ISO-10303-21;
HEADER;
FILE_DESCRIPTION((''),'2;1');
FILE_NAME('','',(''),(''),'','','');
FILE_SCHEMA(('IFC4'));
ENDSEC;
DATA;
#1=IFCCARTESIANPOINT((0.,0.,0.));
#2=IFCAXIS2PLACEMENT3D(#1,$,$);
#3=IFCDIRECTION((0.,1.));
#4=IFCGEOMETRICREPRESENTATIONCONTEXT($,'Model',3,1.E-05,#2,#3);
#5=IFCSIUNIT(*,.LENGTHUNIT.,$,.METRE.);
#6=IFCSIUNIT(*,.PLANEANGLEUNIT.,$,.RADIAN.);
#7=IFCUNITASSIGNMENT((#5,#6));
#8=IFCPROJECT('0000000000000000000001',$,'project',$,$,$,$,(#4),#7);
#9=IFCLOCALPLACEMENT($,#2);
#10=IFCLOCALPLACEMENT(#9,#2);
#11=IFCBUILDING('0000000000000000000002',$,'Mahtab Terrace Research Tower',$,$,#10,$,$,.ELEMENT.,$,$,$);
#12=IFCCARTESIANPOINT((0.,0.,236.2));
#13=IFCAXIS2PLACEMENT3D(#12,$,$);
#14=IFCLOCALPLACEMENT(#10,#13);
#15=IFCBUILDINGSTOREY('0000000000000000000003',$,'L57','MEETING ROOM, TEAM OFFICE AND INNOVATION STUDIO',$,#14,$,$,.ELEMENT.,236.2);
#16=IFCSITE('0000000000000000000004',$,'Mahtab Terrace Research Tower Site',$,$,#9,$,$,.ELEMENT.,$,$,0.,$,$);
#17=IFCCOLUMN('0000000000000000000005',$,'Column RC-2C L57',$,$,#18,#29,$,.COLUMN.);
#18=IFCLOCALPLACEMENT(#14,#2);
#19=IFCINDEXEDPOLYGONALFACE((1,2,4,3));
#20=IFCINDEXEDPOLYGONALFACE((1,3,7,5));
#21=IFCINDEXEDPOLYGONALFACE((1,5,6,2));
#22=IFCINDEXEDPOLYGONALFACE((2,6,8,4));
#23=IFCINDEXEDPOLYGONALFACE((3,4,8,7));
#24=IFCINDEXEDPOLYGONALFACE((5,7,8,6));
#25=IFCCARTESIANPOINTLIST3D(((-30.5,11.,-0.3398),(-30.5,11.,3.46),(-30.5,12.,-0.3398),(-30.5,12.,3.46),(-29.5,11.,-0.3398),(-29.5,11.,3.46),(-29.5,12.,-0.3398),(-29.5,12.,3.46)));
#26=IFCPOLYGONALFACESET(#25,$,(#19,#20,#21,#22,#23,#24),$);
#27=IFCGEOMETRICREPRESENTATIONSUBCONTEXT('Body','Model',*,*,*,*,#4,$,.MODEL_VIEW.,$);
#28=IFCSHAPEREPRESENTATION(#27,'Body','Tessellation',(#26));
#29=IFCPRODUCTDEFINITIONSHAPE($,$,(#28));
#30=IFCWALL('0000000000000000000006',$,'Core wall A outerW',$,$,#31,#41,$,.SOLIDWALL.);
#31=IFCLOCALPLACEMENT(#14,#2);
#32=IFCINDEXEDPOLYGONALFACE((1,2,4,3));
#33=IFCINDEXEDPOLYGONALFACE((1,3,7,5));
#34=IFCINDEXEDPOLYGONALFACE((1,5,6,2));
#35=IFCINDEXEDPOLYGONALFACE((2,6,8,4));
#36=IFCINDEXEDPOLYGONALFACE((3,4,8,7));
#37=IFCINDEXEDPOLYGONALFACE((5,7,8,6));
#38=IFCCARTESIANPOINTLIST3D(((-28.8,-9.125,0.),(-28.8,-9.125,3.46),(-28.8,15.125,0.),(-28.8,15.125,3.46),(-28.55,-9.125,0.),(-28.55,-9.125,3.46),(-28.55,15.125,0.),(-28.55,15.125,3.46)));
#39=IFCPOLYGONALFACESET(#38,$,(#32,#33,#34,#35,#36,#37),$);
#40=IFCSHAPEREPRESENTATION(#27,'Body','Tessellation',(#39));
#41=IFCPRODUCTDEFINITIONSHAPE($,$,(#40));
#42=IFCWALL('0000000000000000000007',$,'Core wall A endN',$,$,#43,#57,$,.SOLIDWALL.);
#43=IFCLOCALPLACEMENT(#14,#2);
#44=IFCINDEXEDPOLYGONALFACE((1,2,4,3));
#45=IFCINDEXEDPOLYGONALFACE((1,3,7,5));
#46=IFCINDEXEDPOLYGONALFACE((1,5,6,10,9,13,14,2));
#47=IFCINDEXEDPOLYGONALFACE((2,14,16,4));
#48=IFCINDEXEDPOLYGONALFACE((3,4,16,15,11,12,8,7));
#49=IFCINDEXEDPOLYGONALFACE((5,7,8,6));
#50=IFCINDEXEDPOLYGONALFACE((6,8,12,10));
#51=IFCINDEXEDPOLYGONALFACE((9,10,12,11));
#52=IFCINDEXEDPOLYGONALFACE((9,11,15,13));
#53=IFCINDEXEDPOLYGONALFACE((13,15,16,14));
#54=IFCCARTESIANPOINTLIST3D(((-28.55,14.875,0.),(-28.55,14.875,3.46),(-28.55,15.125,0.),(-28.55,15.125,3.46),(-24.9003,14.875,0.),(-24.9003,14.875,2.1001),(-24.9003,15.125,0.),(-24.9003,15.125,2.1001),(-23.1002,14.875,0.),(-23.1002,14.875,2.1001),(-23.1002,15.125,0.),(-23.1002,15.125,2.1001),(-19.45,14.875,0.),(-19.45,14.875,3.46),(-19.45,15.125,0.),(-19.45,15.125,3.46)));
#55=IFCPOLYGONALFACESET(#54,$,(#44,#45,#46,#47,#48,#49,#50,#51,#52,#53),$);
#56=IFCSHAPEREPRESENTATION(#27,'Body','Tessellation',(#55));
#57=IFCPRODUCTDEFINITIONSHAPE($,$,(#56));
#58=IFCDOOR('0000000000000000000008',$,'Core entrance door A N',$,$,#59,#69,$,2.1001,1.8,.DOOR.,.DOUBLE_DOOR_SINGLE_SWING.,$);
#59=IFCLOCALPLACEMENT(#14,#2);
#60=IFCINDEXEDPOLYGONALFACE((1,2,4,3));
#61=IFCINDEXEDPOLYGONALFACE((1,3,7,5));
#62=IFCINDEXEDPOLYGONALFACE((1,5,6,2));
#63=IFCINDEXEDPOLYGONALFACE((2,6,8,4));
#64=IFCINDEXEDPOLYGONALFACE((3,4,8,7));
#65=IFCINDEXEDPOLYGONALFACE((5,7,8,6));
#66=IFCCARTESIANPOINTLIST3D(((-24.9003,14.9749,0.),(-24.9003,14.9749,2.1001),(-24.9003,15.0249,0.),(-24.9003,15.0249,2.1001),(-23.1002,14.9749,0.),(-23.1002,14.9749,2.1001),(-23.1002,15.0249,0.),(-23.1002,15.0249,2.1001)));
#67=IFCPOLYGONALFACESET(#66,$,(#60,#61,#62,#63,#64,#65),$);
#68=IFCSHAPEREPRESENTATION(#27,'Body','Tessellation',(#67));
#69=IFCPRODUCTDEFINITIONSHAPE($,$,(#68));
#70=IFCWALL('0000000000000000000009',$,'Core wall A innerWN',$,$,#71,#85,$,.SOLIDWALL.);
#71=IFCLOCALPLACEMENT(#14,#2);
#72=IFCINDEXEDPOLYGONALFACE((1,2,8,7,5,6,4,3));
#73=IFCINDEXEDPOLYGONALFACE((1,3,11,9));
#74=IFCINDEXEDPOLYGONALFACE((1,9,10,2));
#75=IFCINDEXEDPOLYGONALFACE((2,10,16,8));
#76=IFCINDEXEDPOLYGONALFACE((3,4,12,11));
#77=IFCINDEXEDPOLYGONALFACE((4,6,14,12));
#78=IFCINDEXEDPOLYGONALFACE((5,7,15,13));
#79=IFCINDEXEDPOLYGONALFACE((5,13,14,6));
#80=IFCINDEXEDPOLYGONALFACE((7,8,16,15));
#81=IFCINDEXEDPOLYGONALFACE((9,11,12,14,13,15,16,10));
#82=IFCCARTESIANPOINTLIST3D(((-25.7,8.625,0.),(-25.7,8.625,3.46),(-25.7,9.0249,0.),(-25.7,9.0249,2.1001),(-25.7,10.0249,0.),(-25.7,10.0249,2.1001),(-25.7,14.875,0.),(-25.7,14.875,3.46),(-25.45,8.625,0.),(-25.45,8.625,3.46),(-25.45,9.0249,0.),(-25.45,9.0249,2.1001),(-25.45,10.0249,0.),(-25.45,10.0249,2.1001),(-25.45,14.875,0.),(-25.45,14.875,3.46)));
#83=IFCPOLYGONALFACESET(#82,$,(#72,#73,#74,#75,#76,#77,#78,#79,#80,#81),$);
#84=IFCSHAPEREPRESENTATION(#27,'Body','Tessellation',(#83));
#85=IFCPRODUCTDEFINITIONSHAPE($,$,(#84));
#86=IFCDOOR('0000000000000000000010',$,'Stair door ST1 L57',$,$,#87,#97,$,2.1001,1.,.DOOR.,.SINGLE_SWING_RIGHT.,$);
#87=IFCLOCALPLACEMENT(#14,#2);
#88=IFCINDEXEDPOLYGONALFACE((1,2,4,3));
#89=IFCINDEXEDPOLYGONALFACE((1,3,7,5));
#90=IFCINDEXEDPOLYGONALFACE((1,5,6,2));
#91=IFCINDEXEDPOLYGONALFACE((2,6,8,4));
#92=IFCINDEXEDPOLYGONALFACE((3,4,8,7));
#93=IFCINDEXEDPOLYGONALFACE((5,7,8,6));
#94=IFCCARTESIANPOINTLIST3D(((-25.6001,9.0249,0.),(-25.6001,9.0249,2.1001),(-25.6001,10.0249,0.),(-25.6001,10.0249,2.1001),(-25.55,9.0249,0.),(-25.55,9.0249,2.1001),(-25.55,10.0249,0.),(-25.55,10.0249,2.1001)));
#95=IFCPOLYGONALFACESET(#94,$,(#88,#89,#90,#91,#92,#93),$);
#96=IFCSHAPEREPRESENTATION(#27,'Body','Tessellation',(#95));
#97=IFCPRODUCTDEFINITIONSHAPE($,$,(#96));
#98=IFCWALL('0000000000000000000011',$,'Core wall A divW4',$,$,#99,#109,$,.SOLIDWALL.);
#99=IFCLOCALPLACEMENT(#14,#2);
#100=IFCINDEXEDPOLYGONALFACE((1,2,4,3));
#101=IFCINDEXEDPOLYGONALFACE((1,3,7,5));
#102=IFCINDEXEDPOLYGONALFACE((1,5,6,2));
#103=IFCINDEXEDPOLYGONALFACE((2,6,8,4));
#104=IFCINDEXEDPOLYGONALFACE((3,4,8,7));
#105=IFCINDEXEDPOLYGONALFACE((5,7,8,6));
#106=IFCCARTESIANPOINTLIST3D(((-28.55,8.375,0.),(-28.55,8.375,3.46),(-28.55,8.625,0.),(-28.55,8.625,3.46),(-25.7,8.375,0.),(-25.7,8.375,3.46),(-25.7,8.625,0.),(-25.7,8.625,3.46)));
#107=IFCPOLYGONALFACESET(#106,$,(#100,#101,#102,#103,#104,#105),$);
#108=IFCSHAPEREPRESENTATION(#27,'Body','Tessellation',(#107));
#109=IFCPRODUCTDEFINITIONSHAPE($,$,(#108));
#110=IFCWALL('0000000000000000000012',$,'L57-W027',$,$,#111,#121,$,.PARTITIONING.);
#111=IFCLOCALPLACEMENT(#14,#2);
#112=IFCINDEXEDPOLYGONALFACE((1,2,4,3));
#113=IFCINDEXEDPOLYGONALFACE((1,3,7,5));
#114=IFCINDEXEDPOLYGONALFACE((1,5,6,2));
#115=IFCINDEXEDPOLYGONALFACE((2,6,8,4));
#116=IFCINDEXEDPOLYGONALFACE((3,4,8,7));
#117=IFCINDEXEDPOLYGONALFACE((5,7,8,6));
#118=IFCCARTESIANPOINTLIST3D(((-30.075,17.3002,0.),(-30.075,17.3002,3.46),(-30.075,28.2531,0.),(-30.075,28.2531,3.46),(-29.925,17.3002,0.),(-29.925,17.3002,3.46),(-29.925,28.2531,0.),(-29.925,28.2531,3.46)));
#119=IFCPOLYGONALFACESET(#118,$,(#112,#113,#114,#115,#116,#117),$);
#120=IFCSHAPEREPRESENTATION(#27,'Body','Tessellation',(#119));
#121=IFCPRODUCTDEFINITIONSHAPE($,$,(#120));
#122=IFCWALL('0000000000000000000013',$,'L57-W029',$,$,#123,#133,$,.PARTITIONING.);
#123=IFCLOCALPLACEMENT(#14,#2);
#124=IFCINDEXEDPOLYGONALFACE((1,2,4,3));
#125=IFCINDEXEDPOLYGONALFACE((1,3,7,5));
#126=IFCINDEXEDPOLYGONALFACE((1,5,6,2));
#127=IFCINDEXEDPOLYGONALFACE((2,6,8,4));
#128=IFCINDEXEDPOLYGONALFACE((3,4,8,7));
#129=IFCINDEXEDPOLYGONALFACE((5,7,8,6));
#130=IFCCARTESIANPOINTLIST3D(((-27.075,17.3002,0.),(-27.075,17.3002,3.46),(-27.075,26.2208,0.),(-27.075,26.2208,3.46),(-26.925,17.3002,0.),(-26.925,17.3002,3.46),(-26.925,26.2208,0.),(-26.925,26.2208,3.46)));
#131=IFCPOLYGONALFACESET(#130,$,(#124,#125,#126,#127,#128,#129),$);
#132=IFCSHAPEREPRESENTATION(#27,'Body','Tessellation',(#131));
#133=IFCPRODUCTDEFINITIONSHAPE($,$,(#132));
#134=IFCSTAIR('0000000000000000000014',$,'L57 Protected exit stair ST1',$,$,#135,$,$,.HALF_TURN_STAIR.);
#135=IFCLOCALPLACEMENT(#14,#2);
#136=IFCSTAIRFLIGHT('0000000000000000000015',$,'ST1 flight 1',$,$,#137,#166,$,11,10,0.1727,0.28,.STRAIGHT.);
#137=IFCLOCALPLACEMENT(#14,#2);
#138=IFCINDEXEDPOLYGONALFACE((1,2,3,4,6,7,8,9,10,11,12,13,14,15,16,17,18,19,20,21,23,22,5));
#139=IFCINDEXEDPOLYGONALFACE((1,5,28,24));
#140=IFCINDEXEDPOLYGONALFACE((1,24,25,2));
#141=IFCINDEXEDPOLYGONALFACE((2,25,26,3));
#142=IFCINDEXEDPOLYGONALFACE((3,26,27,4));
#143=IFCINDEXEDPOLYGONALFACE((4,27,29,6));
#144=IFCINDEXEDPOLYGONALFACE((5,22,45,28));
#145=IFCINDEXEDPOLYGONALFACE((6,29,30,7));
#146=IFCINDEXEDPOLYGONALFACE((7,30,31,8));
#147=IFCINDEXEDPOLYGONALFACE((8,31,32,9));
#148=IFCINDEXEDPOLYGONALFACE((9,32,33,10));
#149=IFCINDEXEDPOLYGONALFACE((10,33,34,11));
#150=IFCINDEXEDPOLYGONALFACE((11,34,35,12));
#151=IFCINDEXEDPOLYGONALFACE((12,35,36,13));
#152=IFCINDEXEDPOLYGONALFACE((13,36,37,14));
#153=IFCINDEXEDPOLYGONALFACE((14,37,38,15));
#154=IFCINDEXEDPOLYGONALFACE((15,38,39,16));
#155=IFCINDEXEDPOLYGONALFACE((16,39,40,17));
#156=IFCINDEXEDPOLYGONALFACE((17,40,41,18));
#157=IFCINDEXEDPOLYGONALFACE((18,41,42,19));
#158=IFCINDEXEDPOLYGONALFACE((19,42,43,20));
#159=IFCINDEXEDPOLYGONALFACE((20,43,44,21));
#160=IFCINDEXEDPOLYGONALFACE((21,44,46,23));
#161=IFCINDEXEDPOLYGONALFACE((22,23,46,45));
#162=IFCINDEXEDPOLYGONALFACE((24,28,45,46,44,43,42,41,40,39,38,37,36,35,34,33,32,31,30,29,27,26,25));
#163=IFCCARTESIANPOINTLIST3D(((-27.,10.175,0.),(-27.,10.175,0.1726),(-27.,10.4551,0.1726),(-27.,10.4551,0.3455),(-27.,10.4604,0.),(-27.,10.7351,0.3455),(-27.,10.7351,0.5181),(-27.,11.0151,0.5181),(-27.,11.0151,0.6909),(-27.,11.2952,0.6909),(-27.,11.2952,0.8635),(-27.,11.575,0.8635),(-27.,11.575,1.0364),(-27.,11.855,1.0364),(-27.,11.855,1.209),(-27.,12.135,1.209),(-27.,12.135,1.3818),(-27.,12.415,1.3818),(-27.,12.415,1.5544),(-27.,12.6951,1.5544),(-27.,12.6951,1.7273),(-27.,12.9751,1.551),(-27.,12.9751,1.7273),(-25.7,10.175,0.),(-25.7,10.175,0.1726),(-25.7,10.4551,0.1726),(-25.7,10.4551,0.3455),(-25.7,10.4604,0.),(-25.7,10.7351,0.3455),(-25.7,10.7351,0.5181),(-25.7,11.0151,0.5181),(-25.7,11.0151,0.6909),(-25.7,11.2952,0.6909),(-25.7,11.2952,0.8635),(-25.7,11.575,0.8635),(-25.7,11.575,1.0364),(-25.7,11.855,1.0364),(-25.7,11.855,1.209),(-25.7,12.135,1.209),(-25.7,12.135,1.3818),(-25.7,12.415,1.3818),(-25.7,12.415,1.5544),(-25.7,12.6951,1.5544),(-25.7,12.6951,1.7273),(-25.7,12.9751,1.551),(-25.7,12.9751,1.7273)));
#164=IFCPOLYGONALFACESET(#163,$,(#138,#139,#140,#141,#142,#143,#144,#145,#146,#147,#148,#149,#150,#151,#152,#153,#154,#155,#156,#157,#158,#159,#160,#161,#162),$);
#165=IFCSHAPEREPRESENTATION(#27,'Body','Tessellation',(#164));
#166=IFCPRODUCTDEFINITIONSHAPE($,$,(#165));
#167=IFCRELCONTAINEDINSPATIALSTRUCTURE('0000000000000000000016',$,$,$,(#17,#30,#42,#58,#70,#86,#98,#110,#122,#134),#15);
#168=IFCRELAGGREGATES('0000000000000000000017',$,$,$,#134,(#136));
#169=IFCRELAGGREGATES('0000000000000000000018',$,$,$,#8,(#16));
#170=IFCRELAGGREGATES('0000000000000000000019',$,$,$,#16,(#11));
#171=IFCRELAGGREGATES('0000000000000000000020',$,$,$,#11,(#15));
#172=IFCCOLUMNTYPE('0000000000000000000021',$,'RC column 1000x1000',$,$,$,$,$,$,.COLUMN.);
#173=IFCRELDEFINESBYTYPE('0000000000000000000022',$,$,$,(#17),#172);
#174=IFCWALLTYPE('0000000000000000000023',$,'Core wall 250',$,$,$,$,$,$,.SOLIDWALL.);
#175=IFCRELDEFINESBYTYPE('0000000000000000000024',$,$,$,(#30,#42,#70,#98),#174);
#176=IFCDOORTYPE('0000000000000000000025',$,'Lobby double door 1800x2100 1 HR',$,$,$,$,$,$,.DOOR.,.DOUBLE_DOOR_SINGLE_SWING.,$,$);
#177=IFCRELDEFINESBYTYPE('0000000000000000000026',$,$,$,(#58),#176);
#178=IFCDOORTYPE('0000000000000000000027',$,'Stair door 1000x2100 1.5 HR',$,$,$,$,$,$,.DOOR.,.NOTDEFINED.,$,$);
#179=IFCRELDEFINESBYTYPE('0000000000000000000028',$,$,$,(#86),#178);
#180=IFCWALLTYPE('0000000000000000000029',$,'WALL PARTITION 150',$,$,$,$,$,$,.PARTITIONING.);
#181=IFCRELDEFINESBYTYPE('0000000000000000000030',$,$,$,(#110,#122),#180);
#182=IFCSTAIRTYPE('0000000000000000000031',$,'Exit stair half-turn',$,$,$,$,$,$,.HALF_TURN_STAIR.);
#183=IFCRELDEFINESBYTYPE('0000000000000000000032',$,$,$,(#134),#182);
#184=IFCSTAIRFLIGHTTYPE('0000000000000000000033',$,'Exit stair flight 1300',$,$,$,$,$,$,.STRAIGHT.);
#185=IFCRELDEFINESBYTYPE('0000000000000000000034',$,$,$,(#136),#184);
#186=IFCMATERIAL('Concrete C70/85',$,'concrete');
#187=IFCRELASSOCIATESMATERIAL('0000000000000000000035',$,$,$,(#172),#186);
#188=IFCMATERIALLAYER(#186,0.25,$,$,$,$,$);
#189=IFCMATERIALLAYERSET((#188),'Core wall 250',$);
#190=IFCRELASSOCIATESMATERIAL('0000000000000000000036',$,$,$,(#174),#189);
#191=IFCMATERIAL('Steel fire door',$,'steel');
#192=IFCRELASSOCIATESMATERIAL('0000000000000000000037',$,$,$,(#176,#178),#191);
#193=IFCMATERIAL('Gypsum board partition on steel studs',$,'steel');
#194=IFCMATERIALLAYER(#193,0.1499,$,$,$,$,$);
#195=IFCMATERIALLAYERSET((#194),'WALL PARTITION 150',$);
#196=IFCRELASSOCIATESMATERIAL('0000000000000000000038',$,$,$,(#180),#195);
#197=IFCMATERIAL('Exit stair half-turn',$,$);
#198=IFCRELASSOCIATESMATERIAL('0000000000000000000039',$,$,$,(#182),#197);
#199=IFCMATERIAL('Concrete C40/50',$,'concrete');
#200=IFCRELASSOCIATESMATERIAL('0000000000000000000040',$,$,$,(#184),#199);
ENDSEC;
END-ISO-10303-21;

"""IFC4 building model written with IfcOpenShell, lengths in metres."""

from ifc_helpers import new_model, si_unit, direction, frame, frame_2d, origin, origin_2d, place, context, subcontext, project, spatial, polyline, rectangle, outline, extrude, material, layer, layer_set, material_profile, profile_set, type_object, element, fill, aggregate, save


model = new_model("IFC4")

# Units and contexts
model_context = context("Model", 3, precision=1e-05, world=origin(), true_north=direction((0.0, 1.0)))
body_context = subcontext(model_context, "Body", "Model", "MODEL_VIEW")
ifc_project = project(units=[si_unit("LENGTHUNIT", "METRE"), si_unit("PLANEANGLEUNIT", "RADIAN")], contexts=[model_context])

# Site, building, storey
site_placement = place(None, origin())
site = spatial("IfcSite", under=ifc_project, at=site_placement, Name="Mahtab Terrace Research Tower Site", CompositionType="ELEMENT", RefElevation=0.0)
building_placement = place(site_placement, origin())
building = spatial("IfcBuilding", under=site, at=building_placement, Name="Mahtab Terrace Research Tower", CompositionType="ELEMENT")
storey_placement = place(building_placement, frame((0.0, 0.0, 236.2)))
storey = spatial("IfcBuildingStorey", under=building, at=storey_placement, Name="L57", Description="MEETING ROOM, TEAM OFFICE AND INNOVATION STUDIO", CompositionType="ELEMENT", Elevation=236.2)

# Column
ifc_material_1 = material(Name="Concrete C70/85", Category="concrete")
ifc_material_profile = material_profile(ifc_material_1, rectangle(XDim=1.0, YDim=1.0, at=origin_2d()), Name="RC column 1000x1000")
ifc_profile_set = profile_set([ifc_material_profile], Name="Concrete C70/85")
column_type = type_object("IfcColumnType", Name="RC column 1000x1000", PredefinedType="COLUMN", material=ifc_profile_set)
column_placement = place(storey_placement, frame((-30.0, 11.5, -0.3398), z_axis=(0.0, 0.0, 1.0), x_axis=(1.0, 0.0, 0.0)))
element("IfcColumn", 1, at=column_placement, inside=storey, type_object=column_type, Name="Column RC-2C L57", PredefinedType="COLUMN", context=body_context, shape_type="SweptSolid", body=[
    extrude(rectangle(XDim=1.0, YDim=1.0, at=origin_2d()), origin(), (0.0, 0.0, 1.0), 3.7998),
])

# Wall
ifc_layer_1 = layer(ifc_material_1, 0.25)
ifc_layer_set_1 = layer_set([ifc_layer_1], Name="Core wall 250")
wall_type_1 = type_object("IfcWallType", Name="Core wall 250", PredefinedType="SOLIDWALL", material=ifc_layer_set_1)
wall_1_placement = place(storey_placement, frame((-28.675, 15.125, 0.0), z_axis=(0.0, 0.0, 1.0), x_axis=(0.0, -1.0, 0.0)))
element("IfcWall", 2, at=wall_1_placement, inside=storey, type_object=wall_type_1, Name="Core wall A outerW", PredefinedType="SOLIDWALL", context=body_context, shape_type="SweptSolid", body=[
    extrude(rectangle(XDim=24.25, YDim=0.25, at=frame_2d((12.125, 0.0))), origin(), (0.0, 0.0, 1.0), 3.46),
])

# Walls, openings, doors
wall_2_placement = place(storey_placement, frame((-28.55, 15.0, 0.0), z_axis=(0.0, 0.0, 1.0), x_axis=(1.0, 0.0, 0.0)))
wall_2 = element("IfcWall", 3, at=wall_2_placement, inside=storey, type_object=wall_type_1, Name="Core wall A endN", PredefinedType="SOLIDWALL", context=body_context, shape_type="SweptSolid", body=[
    extrude(rectangle(XDim=9.1001, YDim=0.25, at=frame_2d((4.55, 0.0))), origin(), (0.0, 0.0, 1.0), 3.46),
])
opening_1_placement = place(wall_2_placement, frame((3.6499, 0.0, 0.0)))
opening_1 = element("IfcOpeningElement", 4, at=opening_1_placement, cuts=wall_2, PredefinedType="OPENING", context=body_context, shape_type="SweptSolid", body=[
    extrude(rectangle(XDim=1.8, YDim=2.1001, at=frame_2d((0.8999, 1.05))), frame((0.0, 0.135, 0.0), z_axis=(0.0, -1.0, 0.0), x_axis=(1.0, 0.0, 0.0)), (0.0, 0.0, 1.0), 0.27),
])
ifc_material_2 = material(Name="Steel fire door", Category="steel")
door_type_1 = type_object("IfcDoorType", Name="Lobby double door 1800x2100 1 HR", OperationType="DOUBLE_DOOR_SINGLE_SWING", PredefinedType="DOOR", material=ifc_material_2)
door_1_placement = place(opening_1_placement, origin())
door_1 = element("IfcDoor", 5, at=door_1_placement, inside=storey, type_object=door_type_1, Name="Core entrance door A N", OperationType="DOUBLE_DOOR_SINGLE_SWING", OverallHeight=2.1001, OverallWidth=1.8, PredefinedType="DOOR", context=body_context, shape_type="SweptSolid", body=[
    extrude(rectangle(XDim=1.8, YDim=2.1001, at=frame_2d((0.8999, 1.05))), frame((0.0, 0.0249, 0.0), z_axis=(0.0, -1.0, 0.0), x_axis=(1.0, 0.0, 0.0)), (0.0, 0.0, 1.0), 0.05),
])
fill(opening_1, door_1)
wall_3_placement = place(storey_placement, frame((-25.575, 14.875, 0.0), z_axis=(0.0, 0.0, 1.0), x_axis=(0.0, -1.0, 0.0)))
wall_3 = element("IfcWall", 6, at=wall_3_placement, inside=storey, type_object=wall_type_1, Name="Core wall A innerWN", PredefinedType="SOLIDWALL", context=body_context, shape_type="SweptSolid", body=[
    extrude(rectangle(XDim=6.25, YDim=0.25, at=frame_2d((3.125, 0.0))), origin(), (0.0, 0.0, 1.0), 3.46),
])
opening_2_placement = place(wall_3_placement, frame((4.8501, 0.0, 0.0)))
opening_2 = element("IfcOpeningElement", 7, at=opening_2_placement, cuts=wall_3, PredefinedType="OPENING", context=body_context, shape_type="SweptSolid", body=[
    extrude(rectangle(XDim=1.0, YDim=2.1001, at=frame_2d((0.5, 1.05))), frame((0.0, 0.135, 0.0), z_axis=(0.0, -1.0, 0.0), x_axis=(1.0, 0.0, 0.0)), (0.0, 0.0, 1.0), 0.27),
])
door_type_2 = type_object("IfcDoorType", Name="Stair door 1000x2100 1.5 HR", OperationType="NOTDEFINED", PredefinedType="DOOR", material=ifc_material_2)
door_2_placement = place(opening_2_placement, origin())
door_2 = element("IfcDoor", 8, at=door_2_placement, inside=storey, type_object=door_type_2, Name="Stair door ST1 L57", OperationType="SINGLE_SWING_RIGHT", OverallHeight=2.1001, OverallWidth=1.0, PredefinedType="DOOR", context=body_context, shape_type="SweptSolid", body=[
    extrude(rectangle(XDim=1.0, YDim=2.1001, at=frame_2d((0.5, 1.05))), frame((0.0, 0.0249, 0.0), z_axis=(0.0, -1.0, 0.0), x_axis=(1.0, 0.0, 0.0)), (0.0, 0.0, 1.0), 0.05),
])
fill(opening_2, door_2)

# Walls
wall_4_placement = place(storey_placement, frame((-28.55, 8.5, 0.0), z_axis=(0.0, 0.0, 1.0), x_axis=(1.0, 0.0, 0.0)))
element("IfcWall", 9, at=wall_4_placement, inside=storey, type_object=wall_type_1, Name="Core wall A divW4", PredefinedType="SOLIDWALL", context=body_context, shape_type="SweptSolid", body=[
    extrude(rectangle(XDim=2.8501, YDim=0.25, at=frame_2d((1.425, 0.0))), origin(), (0.0, 0.0, 1.0), 3.46),
])
ifc_material_3 = material(Name="Gypsum board partition on steel studs", Category="steel")
ifc_layer_2 = layer(ifc_material_3, 0.1499)
ifc_layer_set_2 = layer_set([ifc_layer_2], Name="WALL PARTITION 150")
wall_type_2 = type_object("IfcWallType", Name="WALL PARTITION 150", PredefinedType="PARTITIONING", material=ifc_layer_set_2)
wall_5_placement = place(storey_placement, frame((-30.0, 17.3, 0.0), z_axis=(0.0, 0.0, 1.0), x_axis=(0.0, 1.0, 0.0)))
element("IfcWall", 10, at=wall_5_placement, inside=storey, type_object=wall_type_2, Name="L57-W027", PredefinedType="PARTITIONING", context=body_context, shape_type="SweptSolid", body=[
    extrude(rectangle(XDim=10.9529, YDim=0.1499, at=frame_2d((5.4766, 0.0))), origin(), (0.0, 0.0, 1.0), 3.46),
])
wall_6_placement = place(storey_placement, frame((-27.0, 17.3, 0.0), z_axis=(0.0, 0.0, 1.0), x_axis=(0.0, 1.0, 0.0)))
element("IfcWall", 11, at=wall_6_placement, inside=storey, type_object=wall_type_2, Name="L57-W029", PredefinedType="PARTITIONING", context=body_context, shape_type="SweptSolid", body=[
    extrude(rectangle(XDim=8.9207, YDim=0.1499, at=frame_2d((4.4604, 0.0))), origin(), (0.0, 0.0, 1.0), 3.46),
])

# Stair, stair flight
ifc_material_4 = material(Name="Exit stair half-turn")
stair_type = type_object("IfcStairType", Name="Exit stair half-turn", PredefinedType="HALF_TURN_STAIR", material=ifc_material_4)
stair_placement = place(storey_placement, origin())
stair = element("IfcStair", 12, at=stair_placement, inside=storey, type_object=stair_type, Name="L57 Protected exit stair ST1", PredefinedType="HALF_TURN_STAIR")
ifc_material_5 = material(Name="Concrete C40/50", Category="concrete")
stair_flight_type = type_object("IfcStairFlightType", Name="Exit stair flight 1300", PredefinedType="STRAIGHT", material=ifc_material_5)
stair_flight_1_placement = place(storey_placement, frame((-26.3501, 10.175, 0.0), z_axis=(0.0, 0.0, 1.0), x_axis=(0.0, 1.0, 0.0)))
stair_flight_1 = element("IfcStairFlight", 13, at=stair_flight_1_placement, type_object=stair_flight_type, Name="ST1 flight 1", NumberOfRisers=11, NumberOfTreads=10, PredefinedType="STRAIGHT", RiserHeight=0.1727, TreadLength=0.28, context=body_context, shape_type="SweptSolid", body=[
    extrude(outline(polyline([(0.0, 0.0), (0.0, 0.1726), (0.28, 0.1726), (0.28, 0.3455), (0.5601, 0.3455), (0.5601, 0.5181), (0.8401, 0.5181), (0.8401, 0.6909), (1.1201, 0.6909), (1.1201, 0.8635), (1.3999, 0.8635), (1.3999, 1.0364), (1.6799, 1.0364), (1.6799, 1.209), (1.96, 1.209), (1.96, 1.3818), (2.24, 1.3818), (2.24, 1.5544), (2.52, 1.5544), (2.52, 1.7273), (2.8, 1.7273), (2.8, 1.8999), (2.8, 1.551), (0.2854, 0.0), (0.0, 0.0)])), frame((0.0, 0.6499, 0.0), z_axis=(0.0, -1.0, 0.0), x_axis=(1.0, 0.0, 0.0)), (0.0, 0.0, 1.0), 1.3),
])
aggregate(stair, [stair_flight_1])

save(model, "model.ifc")
